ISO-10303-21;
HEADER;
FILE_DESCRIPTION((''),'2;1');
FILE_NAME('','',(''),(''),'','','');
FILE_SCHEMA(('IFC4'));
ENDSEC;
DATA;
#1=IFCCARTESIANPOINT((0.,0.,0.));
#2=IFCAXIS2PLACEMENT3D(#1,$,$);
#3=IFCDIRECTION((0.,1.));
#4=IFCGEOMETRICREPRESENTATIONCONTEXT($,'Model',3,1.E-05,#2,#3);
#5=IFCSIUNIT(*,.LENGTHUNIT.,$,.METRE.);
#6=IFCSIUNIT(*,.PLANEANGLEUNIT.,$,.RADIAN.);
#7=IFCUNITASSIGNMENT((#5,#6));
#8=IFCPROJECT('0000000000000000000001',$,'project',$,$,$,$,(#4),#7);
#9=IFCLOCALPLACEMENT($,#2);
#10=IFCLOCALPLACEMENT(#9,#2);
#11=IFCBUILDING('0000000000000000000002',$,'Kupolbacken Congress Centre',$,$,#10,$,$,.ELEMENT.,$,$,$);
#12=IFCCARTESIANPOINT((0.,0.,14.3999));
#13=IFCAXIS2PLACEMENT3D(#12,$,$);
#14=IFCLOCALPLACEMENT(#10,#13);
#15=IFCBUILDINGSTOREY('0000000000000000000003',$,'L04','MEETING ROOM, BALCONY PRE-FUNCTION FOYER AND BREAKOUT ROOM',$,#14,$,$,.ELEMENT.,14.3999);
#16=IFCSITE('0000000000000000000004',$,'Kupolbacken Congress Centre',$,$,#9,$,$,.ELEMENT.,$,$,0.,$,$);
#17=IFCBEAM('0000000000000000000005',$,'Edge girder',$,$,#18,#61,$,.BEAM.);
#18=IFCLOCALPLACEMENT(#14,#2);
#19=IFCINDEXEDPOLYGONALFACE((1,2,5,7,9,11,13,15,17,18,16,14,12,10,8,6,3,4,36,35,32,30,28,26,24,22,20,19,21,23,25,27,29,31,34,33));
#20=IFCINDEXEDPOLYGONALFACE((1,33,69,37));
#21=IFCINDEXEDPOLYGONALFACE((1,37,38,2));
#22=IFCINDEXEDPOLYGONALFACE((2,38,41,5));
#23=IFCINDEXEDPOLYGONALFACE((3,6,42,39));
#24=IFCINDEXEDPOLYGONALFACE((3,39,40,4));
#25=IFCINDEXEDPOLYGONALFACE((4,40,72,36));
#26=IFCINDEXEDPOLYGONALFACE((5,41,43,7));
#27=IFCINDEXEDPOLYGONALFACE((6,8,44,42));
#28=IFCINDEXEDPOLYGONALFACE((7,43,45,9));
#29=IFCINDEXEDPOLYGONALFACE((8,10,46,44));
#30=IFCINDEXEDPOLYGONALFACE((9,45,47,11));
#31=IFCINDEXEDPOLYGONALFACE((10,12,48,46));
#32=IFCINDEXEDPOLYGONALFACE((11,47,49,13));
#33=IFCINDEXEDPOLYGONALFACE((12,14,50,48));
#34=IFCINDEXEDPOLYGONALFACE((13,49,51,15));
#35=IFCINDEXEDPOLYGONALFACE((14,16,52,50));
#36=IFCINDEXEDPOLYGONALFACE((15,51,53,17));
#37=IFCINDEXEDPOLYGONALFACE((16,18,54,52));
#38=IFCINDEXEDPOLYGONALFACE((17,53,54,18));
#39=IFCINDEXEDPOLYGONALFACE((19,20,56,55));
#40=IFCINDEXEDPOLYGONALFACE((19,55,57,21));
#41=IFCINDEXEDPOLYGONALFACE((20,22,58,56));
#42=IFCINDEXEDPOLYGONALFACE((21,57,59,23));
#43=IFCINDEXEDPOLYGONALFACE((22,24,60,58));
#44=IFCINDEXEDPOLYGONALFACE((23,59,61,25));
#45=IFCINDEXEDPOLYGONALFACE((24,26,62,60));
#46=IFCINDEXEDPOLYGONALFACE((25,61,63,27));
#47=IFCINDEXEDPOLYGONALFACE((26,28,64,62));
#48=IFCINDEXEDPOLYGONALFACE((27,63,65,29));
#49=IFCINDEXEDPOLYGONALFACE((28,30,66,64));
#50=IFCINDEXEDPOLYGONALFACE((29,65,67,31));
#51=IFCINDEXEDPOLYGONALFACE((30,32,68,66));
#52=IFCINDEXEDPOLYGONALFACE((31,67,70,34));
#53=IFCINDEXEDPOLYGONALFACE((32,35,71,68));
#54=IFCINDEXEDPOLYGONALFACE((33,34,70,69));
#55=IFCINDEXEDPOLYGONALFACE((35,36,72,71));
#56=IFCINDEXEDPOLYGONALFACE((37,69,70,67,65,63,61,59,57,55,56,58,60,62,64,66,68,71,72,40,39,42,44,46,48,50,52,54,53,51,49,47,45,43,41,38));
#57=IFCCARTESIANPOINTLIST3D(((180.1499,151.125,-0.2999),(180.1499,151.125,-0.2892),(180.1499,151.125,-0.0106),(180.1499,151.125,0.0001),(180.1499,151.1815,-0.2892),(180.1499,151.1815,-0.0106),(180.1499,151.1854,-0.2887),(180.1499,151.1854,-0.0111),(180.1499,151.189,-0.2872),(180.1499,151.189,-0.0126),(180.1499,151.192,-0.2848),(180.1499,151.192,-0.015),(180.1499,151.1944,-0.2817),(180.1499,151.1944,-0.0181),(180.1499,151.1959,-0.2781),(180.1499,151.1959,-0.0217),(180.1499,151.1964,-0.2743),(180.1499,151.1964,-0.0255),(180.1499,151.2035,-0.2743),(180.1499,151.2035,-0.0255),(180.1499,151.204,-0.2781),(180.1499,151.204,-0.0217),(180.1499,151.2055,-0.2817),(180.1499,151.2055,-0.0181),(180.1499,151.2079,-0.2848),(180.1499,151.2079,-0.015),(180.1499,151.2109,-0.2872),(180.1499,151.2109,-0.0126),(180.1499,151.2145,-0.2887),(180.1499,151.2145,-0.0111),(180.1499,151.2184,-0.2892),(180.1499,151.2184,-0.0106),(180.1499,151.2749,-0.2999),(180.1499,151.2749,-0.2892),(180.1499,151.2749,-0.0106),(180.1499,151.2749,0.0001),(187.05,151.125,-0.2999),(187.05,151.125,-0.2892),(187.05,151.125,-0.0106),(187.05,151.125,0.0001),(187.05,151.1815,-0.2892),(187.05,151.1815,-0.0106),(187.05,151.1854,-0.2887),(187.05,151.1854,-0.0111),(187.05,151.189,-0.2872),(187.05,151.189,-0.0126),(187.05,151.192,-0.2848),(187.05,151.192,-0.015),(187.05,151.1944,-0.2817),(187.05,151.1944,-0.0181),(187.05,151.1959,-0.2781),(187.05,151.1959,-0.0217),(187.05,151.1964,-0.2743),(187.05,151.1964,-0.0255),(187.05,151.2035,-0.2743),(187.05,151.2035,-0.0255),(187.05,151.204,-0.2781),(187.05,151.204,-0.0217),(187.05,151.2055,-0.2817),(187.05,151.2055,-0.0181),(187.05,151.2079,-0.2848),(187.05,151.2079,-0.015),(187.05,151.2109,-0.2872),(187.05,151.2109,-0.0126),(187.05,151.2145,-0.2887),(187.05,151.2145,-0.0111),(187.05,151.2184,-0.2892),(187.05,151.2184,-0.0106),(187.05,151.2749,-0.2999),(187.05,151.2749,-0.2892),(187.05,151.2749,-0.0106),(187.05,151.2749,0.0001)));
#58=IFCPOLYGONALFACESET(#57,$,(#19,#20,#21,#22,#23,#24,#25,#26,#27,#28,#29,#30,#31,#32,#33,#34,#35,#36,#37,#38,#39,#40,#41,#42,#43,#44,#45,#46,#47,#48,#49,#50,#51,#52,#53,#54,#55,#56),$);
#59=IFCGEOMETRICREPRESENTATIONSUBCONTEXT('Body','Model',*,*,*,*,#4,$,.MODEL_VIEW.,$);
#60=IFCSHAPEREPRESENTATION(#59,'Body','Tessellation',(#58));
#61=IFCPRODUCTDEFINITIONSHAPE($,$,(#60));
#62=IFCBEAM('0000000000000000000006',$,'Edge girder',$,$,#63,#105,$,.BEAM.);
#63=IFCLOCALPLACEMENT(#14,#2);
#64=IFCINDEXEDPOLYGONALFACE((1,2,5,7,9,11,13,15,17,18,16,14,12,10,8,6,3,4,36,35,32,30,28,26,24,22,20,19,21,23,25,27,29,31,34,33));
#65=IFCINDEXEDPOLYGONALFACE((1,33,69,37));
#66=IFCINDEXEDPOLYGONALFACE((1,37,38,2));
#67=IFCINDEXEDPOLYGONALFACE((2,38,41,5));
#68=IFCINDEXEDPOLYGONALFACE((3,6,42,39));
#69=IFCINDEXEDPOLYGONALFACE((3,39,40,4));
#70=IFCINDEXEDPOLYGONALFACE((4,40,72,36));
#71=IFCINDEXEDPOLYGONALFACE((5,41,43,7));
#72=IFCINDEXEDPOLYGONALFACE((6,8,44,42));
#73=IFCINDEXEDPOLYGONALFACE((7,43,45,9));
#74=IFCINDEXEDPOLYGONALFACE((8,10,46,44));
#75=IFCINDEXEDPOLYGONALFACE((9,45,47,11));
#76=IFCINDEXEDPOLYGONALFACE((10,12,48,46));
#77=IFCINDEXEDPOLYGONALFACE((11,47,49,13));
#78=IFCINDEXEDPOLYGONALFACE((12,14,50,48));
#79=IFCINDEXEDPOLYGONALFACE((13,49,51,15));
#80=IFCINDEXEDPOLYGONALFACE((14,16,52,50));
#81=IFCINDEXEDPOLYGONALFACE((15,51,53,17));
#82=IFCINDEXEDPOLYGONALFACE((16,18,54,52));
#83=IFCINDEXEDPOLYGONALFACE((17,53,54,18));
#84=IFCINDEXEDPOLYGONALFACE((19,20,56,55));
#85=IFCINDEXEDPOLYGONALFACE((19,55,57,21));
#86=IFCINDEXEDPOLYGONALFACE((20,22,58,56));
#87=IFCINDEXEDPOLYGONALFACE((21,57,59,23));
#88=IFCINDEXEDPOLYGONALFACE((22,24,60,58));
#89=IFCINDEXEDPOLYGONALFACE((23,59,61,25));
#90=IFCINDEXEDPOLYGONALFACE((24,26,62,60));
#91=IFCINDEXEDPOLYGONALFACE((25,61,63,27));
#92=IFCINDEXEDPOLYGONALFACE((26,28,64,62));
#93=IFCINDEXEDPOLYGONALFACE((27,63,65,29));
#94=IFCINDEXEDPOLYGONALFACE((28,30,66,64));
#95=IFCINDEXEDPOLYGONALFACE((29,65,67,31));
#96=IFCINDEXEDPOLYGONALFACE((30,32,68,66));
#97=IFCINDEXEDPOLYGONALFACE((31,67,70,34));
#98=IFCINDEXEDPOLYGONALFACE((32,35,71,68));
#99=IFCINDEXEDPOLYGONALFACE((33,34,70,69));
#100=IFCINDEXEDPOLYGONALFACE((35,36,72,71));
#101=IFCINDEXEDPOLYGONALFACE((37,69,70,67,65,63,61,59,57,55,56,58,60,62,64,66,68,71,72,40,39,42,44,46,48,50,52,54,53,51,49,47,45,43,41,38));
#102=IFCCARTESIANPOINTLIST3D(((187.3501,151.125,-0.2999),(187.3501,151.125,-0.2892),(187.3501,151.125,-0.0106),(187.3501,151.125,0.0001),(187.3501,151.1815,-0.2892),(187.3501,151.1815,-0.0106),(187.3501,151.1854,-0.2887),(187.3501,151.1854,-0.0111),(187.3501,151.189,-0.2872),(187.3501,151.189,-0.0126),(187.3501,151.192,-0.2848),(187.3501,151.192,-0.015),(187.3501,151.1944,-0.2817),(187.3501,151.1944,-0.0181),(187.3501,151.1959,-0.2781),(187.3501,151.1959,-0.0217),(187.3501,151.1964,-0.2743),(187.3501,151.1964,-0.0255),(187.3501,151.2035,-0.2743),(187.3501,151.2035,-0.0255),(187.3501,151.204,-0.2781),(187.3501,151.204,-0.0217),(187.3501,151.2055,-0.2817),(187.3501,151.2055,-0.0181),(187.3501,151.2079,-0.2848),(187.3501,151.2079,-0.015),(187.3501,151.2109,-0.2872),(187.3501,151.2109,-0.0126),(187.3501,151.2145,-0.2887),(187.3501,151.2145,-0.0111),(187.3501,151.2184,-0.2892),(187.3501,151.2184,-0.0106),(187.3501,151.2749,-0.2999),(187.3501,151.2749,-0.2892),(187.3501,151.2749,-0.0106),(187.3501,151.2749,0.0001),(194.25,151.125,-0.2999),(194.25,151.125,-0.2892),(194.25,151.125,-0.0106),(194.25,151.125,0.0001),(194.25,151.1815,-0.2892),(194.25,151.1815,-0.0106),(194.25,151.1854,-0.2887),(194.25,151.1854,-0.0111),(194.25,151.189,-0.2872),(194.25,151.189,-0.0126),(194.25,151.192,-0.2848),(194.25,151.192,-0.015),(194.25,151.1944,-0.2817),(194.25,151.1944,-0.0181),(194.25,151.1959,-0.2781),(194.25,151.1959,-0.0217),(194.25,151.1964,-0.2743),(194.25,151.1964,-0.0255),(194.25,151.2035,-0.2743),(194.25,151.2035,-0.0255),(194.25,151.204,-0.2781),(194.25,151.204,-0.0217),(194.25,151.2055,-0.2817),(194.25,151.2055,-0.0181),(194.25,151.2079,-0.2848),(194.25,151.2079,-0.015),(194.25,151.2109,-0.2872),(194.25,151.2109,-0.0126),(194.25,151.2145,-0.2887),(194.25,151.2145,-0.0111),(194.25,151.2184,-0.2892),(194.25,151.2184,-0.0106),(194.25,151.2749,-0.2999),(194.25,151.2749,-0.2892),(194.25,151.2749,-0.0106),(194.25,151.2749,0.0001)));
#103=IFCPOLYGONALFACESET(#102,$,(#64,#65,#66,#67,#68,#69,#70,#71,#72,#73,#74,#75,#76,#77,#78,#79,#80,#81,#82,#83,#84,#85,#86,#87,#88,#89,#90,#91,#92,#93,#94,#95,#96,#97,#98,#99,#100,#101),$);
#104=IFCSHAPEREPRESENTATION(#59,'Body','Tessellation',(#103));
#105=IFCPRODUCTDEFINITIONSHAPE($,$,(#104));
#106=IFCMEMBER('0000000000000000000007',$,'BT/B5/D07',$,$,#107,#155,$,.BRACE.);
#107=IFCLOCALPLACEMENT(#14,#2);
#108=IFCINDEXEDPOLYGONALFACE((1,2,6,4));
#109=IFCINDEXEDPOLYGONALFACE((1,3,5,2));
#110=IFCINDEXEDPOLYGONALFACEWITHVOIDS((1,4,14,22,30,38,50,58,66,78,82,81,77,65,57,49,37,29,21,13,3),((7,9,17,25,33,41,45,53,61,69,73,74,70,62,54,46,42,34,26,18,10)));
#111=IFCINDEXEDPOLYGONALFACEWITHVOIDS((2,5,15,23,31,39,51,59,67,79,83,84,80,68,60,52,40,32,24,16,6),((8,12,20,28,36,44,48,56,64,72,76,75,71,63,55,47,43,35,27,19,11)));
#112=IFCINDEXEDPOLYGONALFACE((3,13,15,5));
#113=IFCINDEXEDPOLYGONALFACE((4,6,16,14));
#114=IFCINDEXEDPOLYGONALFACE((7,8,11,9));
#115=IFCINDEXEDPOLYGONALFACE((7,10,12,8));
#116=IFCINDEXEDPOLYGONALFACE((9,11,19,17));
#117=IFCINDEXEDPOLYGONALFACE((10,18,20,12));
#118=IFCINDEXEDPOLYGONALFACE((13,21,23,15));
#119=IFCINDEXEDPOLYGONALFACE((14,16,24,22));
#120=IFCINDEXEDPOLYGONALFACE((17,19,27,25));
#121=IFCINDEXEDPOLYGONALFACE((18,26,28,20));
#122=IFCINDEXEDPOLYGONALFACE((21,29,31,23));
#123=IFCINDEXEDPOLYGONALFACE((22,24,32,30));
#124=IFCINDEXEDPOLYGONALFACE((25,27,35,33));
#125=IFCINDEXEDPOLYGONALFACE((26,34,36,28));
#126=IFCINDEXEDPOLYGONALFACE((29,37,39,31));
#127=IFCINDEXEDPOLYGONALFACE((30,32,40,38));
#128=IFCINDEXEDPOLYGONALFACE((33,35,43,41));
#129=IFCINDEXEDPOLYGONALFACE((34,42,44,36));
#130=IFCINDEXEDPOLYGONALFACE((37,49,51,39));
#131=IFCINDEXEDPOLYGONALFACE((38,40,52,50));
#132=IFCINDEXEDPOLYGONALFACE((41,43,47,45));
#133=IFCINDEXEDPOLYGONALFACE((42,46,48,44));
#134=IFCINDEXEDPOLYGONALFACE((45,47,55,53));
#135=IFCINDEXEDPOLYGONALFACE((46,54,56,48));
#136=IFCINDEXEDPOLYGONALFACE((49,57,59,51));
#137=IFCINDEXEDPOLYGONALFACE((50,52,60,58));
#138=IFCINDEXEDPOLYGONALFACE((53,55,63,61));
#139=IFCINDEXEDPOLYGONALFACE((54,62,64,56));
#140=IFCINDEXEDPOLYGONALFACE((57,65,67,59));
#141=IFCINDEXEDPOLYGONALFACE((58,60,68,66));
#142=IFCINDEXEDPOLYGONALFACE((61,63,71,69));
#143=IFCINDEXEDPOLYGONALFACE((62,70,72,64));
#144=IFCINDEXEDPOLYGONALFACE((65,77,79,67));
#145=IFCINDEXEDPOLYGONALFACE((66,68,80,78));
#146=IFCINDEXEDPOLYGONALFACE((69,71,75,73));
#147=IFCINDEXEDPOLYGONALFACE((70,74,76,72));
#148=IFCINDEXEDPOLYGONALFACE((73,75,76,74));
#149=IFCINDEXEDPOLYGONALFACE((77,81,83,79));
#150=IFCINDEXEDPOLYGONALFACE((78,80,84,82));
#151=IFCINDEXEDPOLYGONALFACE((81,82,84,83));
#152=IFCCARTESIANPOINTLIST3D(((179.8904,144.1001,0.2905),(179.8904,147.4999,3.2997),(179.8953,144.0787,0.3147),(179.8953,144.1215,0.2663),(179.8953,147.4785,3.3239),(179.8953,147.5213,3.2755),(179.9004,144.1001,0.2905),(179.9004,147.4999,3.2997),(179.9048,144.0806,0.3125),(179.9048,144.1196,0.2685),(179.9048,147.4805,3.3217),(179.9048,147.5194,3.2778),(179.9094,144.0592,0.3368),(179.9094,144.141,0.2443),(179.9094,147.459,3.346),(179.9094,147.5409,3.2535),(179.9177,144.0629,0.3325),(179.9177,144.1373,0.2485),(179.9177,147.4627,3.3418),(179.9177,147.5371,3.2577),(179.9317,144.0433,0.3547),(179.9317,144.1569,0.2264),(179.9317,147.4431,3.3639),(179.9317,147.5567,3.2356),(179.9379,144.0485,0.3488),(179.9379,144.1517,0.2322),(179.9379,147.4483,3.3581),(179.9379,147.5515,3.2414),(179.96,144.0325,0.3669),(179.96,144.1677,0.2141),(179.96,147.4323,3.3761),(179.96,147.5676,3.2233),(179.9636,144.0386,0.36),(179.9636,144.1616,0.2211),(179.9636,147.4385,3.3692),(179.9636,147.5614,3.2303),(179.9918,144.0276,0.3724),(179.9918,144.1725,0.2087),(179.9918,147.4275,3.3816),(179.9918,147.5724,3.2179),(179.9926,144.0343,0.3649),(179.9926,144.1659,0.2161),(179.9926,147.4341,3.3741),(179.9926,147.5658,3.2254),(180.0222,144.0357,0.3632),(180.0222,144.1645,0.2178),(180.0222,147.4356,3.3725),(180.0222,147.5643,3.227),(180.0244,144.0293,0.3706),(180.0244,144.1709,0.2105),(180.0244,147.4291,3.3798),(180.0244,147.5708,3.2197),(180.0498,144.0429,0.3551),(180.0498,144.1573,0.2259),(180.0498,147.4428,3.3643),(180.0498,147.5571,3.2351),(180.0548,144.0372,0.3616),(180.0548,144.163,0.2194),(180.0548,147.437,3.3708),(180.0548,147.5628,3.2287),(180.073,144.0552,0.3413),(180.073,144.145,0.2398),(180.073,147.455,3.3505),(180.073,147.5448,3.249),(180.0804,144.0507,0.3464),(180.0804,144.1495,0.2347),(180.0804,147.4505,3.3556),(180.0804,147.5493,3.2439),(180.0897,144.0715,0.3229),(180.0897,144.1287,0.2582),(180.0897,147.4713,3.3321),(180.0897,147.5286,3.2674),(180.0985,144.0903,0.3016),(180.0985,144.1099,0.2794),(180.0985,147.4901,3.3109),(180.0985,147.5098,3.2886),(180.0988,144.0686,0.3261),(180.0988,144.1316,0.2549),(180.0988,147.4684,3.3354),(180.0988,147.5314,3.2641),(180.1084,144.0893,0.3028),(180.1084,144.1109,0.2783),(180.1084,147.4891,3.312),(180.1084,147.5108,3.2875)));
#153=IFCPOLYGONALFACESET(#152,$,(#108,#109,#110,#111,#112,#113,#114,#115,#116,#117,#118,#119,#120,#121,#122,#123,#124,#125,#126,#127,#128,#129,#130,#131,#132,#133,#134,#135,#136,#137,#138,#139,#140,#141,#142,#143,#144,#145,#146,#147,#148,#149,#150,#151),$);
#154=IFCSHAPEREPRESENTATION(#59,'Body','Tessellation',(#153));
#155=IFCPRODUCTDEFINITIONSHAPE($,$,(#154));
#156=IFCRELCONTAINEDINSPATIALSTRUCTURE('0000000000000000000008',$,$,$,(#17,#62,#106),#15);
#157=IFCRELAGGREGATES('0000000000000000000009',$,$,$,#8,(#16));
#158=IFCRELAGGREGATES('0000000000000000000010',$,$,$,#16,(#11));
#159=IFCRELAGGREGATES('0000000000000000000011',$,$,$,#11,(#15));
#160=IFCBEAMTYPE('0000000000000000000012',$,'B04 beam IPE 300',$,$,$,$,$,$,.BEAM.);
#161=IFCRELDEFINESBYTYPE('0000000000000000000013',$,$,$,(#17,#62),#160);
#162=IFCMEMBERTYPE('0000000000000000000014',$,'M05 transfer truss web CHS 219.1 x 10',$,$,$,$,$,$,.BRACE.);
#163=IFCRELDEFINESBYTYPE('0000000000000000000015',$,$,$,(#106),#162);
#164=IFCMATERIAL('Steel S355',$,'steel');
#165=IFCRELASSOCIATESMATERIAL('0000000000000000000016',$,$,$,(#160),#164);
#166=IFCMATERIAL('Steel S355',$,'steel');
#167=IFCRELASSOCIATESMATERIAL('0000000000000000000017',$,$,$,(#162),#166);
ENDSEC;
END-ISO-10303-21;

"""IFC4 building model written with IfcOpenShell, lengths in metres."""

from ifc_helpers import new_model, si_unit, direction, frame, origin, origin_2d, place, context, subcontext, project, spatial, hollow_circle, i_section, extrude, material, material_profile, profile_set, type_object, element, save


model = new_model("IFC4")

# Units and contexts
model_context = context("Model", 3, precision=1e-05, world=origin(), true_north=direction((0.0, 1.0)))
body_context = subcontext(model_context, "Body", "Model", "MODEL_VIEW")
ifc_project = project(units=[si_unit("LENGTHUNIT", "METRE"), si_unit("PLANEANGLEUNIT", "RADIAN")], contexts=[model_context])

# Site, building, storey
site_placement = place(None, origin())
site = spatial("IfcSite", under=ifc_project, at=site_placement, Name="Kupolbacken Congress Centre", CompositionType="ELEMENT", RefElevation=0.0)
building_placement = place(site_placement, origin())
building = spatial("IfcBuilding", under=site, at=building_placement, Name="Kupolbacken Congress Centre", CompositionType="ELEMENT")
storey_placement = place(building_placement, frame((0.0, 0.0, 14.3999)))
storey = spatial("IfcBuildingStorey", under=building, at=storey_placement, Name="L04", Description="MEETING ROOM, BALCONY PRE-FUNCTION FOYER AND BREAKOUT ROOM", CompositionType="ELEMENT", Elevation=14.3999)

# Beams
ifc_material_1 = material(Name="Steel S355", Category="steel")
ifc_material_profile_1 = material_profile(ifc_material_1, i_section(OverallWidth=0.1499, OverallDepth=0.3, WebThickness=0.0071, FlangeThickness=0.0107, FilletRadius=0.0149, at=origin_2d()), Name="IPE 300")
ifc_profile_set_1 = profile_set([ifc_material_profile_1], Name="Steel S355")
beam_type = type_object("IfcBeamType", Name="B04 beam IPE 300", PredefinedType="BEAM", material=ifc_profile_set_1)
beam_1_placement = place(storey_placement, frame((180.1499, 151.2, -0.1499), z_axis=(1.0, 0.0, 0.0), x_axis=(0.0, 1.0, 0.0)))
element("IfcBeam", 1, at=beam_1_placement, inside=storey, type_object=beam_type, Name="Edge girder", PredefinedType="BEAM", context=body_context, shape_type="SweptSolid", body=[
    extrude(i_section(OverallWidth=0.1499, OverallDepth=0.3, WebThickness=0.0071, FlangeThickness=0.0107, FilletRadius=0.0149, at=origin_2d()), origin(), (0.0, 0.0, 1.0), 6.9001),
])
beam_2_placement = place(storey_placement, frame((187.3501, 151.2, -0.1499), z_axis=(1.0, 0.0, 0.0), x_axis=(0.0, 1.0, 0.0)))
element("IfcBeam", 2, at=beam_2_placement, inside=storey, type_object=beam_type, Name="Edge girder", PredefinedType="BEAM", context=body_context, shape_type="SweptSolid", body=[
    extrude(i_section(OverallWidth=0.1499, OverallDepth=0.3, WebThickness=0.0071, FlangeThickness=0.0107, FilletRadius=0.0149, at=origin_2d()), origin(), (0.0, 0.0, 1.0), 6.8999),
])

# Member
ifc_material_2 = material(Name="Steel S355", Category="steel")
ifc_material_profile_2 = material_profile(ifc_material_2, hollow_circle(Radius=0.1096, WallThickness=0.01, at=origin_2d()), Name="CHS 219.1 x 10")
ifc_profile_set_2 = profile_set([ifc_material_profile_2], Name="Steel S355")
member_type_1 = type_object("IfcMemberType", Name="M05 transfer truss web CHS 219.1 x 10", PredefinedType="BRACE", material=ifc_profile_set_2)
member_1_placement = place(storey_placement, frame((180.0, 144.1001, 0.2905), z_axis=(0.0, 0.748814, 0.66278), x_axis=(-1.0, 0.0, 0.0)))
element("IfcMember", 3, at=member_1_placement, inside=storey, type_object=member_type_1, Name="BT/B5/D07", PredefinedType="BRACE", context=body_context, shape_type="SweptSolid", body=[
    extrude(hollow_circle(Radius=0.1096, WallThickness=0.01, at=origin_2d()), origin(), (0.0, 0.0, 1.0), 4.5403),
])

save(model, "model.ifc")
